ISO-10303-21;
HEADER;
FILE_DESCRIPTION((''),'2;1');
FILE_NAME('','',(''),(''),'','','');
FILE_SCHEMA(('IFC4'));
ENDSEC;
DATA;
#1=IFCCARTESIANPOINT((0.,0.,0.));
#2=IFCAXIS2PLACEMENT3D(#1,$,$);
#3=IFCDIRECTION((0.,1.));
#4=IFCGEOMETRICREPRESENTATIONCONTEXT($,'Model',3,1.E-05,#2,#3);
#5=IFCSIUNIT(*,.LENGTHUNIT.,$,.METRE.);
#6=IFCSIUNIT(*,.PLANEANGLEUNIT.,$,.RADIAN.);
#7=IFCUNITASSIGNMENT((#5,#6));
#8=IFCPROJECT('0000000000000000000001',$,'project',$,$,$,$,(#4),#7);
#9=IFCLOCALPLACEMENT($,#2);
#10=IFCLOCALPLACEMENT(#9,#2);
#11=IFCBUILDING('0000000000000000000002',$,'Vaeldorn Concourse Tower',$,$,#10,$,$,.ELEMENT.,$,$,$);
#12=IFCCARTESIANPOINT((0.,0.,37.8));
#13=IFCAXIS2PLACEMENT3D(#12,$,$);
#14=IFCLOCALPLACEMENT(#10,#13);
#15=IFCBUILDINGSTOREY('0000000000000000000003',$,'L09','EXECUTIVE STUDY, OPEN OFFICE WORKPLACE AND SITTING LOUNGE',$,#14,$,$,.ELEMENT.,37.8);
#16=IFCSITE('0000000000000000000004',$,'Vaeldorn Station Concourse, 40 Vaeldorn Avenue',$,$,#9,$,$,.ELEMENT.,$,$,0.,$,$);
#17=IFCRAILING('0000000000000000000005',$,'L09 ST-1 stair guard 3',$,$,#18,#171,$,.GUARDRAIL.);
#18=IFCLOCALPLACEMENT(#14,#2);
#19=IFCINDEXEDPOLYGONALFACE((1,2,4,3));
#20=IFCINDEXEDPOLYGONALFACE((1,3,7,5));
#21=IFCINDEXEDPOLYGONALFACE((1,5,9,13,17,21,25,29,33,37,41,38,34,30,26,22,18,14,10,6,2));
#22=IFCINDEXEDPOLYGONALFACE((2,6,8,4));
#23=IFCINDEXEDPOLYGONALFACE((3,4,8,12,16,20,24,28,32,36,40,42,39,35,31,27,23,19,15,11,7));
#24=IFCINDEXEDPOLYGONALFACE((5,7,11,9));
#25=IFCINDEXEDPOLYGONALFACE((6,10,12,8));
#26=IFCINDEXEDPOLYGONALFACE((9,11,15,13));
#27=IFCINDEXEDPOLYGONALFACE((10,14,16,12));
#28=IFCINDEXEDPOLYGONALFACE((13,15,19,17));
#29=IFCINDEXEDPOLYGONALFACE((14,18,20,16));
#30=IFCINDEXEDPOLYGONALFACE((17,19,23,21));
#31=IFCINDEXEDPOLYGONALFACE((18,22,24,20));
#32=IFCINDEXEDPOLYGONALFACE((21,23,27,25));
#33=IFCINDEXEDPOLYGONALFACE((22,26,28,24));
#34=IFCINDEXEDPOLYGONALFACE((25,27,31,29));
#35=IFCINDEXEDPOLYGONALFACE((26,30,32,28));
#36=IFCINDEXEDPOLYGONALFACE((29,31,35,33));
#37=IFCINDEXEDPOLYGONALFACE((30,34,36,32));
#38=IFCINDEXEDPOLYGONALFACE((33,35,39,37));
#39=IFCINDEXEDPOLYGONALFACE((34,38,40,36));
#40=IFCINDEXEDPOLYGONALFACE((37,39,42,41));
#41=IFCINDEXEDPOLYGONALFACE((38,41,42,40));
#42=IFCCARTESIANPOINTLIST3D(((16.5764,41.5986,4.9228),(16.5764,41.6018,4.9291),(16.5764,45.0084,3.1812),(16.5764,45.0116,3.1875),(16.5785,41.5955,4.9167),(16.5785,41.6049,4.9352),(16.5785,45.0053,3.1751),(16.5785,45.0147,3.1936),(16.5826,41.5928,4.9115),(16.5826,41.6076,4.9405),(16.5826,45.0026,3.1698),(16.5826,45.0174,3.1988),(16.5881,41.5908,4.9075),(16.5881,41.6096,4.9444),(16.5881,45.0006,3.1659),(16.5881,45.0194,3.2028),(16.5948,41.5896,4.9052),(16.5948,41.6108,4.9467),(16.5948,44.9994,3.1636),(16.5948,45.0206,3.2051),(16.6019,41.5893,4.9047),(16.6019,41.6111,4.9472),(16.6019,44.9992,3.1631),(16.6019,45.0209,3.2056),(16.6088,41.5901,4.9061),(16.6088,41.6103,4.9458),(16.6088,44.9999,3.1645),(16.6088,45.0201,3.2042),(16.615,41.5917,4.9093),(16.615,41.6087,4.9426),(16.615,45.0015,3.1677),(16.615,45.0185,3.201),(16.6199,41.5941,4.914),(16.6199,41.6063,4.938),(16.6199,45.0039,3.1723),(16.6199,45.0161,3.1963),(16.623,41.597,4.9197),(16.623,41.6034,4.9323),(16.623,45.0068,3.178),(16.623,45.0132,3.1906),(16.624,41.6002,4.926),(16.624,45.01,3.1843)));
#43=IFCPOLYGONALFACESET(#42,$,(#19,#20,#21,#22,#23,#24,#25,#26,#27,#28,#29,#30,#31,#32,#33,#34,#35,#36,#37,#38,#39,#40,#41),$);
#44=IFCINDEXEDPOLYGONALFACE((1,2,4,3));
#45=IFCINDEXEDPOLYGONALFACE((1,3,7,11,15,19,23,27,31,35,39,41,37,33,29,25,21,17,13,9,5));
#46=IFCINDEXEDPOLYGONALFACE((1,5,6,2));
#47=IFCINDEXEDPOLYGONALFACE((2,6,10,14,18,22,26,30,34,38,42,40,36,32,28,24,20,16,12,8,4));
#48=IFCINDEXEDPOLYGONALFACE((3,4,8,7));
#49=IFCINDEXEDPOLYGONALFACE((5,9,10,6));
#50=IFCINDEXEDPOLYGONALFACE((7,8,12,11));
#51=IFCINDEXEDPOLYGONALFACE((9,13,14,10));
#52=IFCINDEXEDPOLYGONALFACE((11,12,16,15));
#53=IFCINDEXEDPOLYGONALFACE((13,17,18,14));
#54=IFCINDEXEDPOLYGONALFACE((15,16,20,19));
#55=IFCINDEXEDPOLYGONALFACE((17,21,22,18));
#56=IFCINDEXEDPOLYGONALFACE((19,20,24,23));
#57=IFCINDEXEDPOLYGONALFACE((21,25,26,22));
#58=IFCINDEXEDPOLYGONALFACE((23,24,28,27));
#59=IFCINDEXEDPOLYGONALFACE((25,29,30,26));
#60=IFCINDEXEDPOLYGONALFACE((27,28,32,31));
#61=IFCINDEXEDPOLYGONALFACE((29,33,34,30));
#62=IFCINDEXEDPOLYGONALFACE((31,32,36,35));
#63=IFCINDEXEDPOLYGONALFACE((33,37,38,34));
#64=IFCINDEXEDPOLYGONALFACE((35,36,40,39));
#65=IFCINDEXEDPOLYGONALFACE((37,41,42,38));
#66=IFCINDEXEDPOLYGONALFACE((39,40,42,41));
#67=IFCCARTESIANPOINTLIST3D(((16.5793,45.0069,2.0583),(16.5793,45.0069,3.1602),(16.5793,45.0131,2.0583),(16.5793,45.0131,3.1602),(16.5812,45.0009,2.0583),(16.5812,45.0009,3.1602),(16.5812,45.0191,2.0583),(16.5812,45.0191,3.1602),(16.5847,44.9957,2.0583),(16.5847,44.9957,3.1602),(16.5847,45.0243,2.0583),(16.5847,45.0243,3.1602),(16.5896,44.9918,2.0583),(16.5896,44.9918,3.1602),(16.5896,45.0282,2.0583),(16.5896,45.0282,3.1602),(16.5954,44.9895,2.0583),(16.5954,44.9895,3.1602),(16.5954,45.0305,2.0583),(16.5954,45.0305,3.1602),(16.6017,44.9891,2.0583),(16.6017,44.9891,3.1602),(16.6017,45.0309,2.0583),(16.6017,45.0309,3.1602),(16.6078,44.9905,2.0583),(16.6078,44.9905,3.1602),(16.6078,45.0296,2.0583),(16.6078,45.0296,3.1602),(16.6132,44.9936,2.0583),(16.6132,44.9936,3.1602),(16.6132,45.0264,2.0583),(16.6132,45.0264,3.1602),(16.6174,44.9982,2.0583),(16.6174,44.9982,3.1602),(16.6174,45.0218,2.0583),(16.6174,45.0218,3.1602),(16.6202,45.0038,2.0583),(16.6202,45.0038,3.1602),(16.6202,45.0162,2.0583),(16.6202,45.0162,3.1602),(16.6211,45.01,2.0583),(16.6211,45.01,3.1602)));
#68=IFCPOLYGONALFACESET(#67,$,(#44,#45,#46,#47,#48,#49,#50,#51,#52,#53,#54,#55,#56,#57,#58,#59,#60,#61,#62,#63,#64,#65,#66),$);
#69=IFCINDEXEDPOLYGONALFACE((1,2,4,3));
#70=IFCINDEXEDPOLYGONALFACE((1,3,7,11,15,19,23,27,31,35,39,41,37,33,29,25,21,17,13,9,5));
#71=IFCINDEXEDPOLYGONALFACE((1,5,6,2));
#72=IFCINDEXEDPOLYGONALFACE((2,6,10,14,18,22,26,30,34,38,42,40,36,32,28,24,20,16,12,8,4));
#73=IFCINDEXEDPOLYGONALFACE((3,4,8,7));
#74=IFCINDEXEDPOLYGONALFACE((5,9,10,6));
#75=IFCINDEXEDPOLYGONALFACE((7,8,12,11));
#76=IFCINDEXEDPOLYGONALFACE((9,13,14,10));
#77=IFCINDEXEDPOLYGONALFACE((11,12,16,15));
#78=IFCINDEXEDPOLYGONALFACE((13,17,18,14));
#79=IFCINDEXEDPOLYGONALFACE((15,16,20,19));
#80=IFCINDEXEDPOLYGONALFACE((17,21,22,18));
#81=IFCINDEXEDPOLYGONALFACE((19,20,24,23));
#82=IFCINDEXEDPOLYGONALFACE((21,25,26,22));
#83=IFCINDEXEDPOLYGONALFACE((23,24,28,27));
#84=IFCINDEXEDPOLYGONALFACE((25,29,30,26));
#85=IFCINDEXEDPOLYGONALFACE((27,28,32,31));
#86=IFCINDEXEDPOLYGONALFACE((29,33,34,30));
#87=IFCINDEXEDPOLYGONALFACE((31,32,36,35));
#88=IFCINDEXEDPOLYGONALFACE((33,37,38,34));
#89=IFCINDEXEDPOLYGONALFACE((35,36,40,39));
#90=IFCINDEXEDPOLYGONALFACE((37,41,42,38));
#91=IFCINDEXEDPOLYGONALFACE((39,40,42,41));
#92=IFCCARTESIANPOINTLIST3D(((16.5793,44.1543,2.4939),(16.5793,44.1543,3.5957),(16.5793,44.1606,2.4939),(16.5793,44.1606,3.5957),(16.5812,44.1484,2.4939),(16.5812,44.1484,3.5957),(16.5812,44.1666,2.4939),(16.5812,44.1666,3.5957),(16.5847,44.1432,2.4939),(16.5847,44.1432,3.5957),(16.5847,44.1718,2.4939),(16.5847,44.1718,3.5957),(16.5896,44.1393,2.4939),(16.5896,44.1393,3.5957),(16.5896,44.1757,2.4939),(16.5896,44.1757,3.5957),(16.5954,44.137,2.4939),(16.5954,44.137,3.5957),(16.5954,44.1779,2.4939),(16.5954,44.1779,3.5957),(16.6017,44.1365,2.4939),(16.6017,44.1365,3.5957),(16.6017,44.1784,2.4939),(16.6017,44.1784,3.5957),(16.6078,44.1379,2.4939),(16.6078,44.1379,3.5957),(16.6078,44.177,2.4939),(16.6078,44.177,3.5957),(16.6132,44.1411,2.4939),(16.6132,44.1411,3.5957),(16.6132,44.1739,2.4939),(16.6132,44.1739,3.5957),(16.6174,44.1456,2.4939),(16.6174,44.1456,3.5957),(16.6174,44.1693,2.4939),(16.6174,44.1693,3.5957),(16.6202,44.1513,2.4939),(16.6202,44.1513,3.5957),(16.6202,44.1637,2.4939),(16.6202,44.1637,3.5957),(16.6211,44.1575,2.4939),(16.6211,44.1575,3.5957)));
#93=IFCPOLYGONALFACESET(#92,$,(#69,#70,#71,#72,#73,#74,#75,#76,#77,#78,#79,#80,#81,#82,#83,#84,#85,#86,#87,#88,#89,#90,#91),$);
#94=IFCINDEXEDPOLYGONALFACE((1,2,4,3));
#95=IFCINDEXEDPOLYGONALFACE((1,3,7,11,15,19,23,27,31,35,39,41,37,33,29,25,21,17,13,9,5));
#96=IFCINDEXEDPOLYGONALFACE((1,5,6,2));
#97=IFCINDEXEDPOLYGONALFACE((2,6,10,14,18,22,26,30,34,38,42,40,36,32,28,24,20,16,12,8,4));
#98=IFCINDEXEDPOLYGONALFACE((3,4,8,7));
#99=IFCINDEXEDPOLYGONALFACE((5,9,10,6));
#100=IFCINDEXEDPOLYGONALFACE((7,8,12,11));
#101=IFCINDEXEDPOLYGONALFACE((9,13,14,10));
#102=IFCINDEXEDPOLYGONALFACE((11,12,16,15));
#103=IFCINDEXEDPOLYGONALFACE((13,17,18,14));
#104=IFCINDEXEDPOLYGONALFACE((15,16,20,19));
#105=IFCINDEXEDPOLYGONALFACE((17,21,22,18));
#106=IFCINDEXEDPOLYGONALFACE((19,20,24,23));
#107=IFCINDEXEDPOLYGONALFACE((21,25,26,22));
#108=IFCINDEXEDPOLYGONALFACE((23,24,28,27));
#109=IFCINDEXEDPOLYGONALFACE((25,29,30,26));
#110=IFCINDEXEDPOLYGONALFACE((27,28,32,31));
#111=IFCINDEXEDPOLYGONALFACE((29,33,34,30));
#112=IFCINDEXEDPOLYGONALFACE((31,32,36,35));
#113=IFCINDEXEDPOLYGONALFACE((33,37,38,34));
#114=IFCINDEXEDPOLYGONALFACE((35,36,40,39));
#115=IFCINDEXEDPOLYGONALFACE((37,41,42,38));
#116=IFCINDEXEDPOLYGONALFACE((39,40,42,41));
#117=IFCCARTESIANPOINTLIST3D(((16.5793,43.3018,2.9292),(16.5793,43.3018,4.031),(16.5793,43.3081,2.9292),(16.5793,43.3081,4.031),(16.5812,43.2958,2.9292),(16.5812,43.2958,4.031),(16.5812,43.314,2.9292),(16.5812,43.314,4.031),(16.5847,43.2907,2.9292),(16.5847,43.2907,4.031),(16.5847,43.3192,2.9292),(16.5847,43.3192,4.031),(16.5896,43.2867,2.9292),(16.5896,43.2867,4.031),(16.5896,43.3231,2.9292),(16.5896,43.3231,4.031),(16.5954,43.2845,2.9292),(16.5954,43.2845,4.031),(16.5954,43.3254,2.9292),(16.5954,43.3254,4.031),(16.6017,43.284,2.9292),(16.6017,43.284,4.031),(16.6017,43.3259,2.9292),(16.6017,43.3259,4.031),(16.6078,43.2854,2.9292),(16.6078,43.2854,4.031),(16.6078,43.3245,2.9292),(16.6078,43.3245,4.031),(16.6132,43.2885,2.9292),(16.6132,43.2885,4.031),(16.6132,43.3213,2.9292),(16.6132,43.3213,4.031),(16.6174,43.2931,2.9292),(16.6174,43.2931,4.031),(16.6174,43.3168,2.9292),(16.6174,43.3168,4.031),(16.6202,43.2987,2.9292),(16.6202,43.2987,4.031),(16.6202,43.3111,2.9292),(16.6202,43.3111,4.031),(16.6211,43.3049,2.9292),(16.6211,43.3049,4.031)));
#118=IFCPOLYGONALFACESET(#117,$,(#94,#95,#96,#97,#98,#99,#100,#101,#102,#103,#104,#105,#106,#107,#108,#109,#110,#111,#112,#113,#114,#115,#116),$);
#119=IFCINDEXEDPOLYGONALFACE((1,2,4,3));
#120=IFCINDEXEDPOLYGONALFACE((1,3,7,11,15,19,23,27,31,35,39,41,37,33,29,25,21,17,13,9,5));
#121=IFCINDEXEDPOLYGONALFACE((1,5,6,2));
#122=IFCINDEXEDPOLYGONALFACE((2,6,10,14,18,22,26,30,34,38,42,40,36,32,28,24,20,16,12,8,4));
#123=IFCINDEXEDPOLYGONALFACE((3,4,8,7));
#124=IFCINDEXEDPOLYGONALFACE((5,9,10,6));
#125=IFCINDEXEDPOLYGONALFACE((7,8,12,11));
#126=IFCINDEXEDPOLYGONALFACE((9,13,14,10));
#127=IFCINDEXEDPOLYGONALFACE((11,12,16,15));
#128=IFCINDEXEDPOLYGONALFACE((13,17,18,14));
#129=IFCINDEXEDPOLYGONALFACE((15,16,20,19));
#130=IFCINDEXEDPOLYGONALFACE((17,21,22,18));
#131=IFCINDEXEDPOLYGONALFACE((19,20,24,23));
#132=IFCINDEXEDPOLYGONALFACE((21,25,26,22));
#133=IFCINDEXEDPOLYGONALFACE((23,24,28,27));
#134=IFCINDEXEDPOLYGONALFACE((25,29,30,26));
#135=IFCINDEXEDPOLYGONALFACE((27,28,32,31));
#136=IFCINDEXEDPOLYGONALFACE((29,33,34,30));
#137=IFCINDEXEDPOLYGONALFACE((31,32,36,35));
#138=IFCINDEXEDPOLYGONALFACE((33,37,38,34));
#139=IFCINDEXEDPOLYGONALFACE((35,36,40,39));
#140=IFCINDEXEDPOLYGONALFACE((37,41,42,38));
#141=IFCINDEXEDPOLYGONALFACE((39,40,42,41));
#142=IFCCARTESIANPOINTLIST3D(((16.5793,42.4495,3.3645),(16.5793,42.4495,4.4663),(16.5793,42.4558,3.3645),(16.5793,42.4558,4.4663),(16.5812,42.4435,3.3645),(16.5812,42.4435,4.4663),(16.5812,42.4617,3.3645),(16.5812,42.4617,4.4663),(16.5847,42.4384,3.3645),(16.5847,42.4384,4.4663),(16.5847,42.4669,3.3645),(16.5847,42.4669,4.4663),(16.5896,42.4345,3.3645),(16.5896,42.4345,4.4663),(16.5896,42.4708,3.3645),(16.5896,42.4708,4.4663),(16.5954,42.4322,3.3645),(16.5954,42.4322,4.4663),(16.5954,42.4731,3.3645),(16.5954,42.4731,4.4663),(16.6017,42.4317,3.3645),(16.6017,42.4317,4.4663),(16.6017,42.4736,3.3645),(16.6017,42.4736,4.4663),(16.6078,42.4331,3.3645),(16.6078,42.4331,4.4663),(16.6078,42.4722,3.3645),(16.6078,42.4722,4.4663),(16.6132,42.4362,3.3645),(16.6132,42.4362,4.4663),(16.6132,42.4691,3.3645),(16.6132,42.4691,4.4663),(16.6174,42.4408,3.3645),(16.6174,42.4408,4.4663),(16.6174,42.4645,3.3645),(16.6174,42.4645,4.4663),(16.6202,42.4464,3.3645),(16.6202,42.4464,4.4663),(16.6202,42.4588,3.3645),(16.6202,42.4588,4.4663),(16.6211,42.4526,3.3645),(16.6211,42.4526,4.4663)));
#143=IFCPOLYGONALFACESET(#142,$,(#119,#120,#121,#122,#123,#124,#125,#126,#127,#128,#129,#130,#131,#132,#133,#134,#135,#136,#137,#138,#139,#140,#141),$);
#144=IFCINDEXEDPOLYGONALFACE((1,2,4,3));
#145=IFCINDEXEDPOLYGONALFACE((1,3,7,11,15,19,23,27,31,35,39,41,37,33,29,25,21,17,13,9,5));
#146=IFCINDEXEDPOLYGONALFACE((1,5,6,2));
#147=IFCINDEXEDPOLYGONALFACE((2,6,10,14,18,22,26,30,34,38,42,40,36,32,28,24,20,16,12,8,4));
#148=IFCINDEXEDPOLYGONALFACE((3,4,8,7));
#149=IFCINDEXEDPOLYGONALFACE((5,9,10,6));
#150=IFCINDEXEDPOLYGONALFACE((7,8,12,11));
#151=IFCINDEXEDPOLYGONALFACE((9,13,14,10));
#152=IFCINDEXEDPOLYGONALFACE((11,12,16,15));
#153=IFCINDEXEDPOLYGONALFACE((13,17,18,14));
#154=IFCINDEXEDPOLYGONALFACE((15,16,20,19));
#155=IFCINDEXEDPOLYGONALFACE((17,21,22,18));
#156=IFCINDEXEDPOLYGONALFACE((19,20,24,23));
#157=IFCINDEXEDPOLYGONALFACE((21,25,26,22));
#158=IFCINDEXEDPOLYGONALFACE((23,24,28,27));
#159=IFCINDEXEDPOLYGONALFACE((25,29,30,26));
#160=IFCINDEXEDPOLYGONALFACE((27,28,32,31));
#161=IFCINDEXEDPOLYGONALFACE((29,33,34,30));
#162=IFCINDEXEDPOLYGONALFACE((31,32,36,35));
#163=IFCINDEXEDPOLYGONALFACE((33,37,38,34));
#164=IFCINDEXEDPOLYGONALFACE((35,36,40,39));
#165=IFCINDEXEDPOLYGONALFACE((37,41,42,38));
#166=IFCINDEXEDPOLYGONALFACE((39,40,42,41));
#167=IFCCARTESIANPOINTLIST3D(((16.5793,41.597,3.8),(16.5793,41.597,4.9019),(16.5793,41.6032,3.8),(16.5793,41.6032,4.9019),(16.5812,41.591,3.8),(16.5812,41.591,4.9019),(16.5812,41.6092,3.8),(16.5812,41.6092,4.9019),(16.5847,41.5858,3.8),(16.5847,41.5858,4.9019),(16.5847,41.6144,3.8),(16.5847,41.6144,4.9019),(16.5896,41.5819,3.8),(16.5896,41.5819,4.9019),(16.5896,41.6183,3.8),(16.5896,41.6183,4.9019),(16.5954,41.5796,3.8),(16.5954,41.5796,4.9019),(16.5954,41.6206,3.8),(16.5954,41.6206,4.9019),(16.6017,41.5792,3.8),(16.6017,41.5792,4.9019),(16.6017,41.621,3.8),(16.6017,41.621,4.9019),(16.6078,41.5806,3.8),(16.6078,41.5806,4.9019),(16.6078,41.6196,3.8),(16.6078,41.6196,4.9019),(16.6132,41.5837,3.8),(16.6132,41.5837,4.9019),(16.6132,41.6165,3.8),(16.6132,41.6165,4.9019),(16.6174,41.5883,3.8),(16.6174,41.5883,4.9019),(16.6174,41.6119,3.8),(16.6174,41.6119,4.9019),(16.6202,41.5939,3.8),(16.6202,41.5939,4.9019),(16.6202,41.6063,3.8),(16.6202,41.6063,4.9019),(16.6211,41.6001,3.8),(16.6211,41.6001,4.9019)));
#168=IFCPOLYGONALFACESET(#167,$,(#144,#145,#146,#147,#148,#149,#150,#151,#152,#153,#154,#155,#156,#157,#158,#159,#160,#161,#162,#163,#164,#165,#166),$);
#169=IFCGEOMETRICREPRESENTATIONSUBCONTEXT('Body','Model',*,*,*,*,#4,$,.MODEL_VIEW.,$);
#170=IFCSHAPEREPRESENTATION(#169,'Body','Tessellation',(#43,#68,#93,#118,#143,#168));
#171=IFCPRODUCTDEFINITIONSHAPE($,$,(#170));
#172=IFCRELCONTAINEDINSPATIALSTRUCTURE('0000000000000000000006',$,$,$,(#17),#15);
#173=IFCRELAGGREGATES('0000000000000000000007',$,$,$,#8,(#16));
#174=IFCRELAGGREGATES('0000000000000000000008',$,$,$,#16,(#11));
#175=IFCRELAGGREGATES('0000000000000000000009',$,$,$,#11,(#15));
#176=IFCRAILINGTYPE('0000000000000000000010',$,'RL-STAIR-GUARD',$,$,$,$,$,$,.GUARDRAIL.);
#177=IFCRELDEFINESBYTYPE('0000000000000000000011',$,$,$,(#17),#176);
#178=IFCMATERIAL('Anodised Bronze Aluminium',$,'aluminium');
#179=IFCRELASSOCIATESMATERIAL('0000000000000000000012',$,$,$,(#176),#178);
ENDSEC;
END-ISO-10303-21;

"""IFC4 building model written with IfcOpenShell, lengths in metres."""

from ifc_helpers import new_model, si_unit, direction, frame, origin, origin_2d, place, context, subcontext, project, spatial, circle, extrude, material, type_object, element, save


model = new_model("IFC4")

# Units and contexts
model_context = context("Model", 3, precision=1e-05, world=origin(), true_north=direction((0.0, 1.0)))
body_context = subcontext(model_context, "Body", "Model", "MODEL_VIEW")
ifc_project = project(units=[si_unit("LENGTHUNIT", "METRE"), si_unit("PLANEANGLEUNIT", "RADIAN")], contexts=[model_context])

# Site, building, storey
site_placement = place(None, origin())
site = spatial("IfcSite", under=ifc_project, at=site_placement, Name="Vaeldorn Station Concourse, 40 Vaeldorn Avenue", CompositionType="ELEMENT", RefElevation=0.0)
building_placement = place(site_placement, origin())
building = spatial("IfcBuilding", under=site, at=building_placement, Name="Vaeldorn Concourse Tower", CompositionType="ELEMENT")
storey_placement = place(building_placement, frame((0.0, 0.0, 37.8)))
storey = spatial("IfcBuildingStorey", under=building, at=storey_placement, Name="L09", Description="EXECUTIVE STUDY, OPEN OFFICE WORKPLACE AND SITTING LOUNGE", CompositionType="ELEMENT", Elevation=37.8)

# Shared definitions
ifc_material_1 = material(Name="Anodised Bronze Aluminium", Category="aluminium")

# Railing
railing_type_1 = type_object("IfcRailingType", Name="RL-STAIR-GUARD", PredefinedType="GUARDRAIL", material=ifc_material_1)
railing_1_placement = place(storey_placement, frame((16.6001, 45.01, 2.0583)))
element("IfcRailing", 1, at=railing_1_placement, inside=storey, type_object=railing_type_1, Name="L09 ST-1 stair guard 3", PredefinedType="GUARDRAIL", context=body_context, shape_type="SweptSolid", body=[
    extrude(circle(Radius=0.0239, at=origin_2d()), frame((0.0, 0.0, 1.126), z_axis=(0.0, -0.890556, 0.454874), x_axis=(1.0, 0.0, 0.0)), (0.0, 0.0, 1.0), 3.8289),
    extrude(circle(Radius=0.021, at=origin_2d()), origin(), (0.0, 0.0, 1.0), 1.1018),
    extrude(circle(Radius=0.021, at=origin_2d()), frame((0.0, -0.8525, 0.4355)), (0.0, 0.0, 1.0), 1.1018),
    extrude(circle(Radius=0.021, at=origin_2d()), frame((0.0, -1.7051, 0.8708)), (0.0, 0.0, 1.0), 1.1018),
    extrude(circle(Radius=0.021, at=origin_2d()), frame((0.0, -2.5574, 1.3062)), (0.0, 0.0, 1.0), 1.1018),
    extrude(circle(Radius=0.021, at=origin_2d()), frame((0.0, -3.4099, 1.7417)), (0.0, 0.0, 1.0), 1.1018),
])

save(model, "model.ifc")
